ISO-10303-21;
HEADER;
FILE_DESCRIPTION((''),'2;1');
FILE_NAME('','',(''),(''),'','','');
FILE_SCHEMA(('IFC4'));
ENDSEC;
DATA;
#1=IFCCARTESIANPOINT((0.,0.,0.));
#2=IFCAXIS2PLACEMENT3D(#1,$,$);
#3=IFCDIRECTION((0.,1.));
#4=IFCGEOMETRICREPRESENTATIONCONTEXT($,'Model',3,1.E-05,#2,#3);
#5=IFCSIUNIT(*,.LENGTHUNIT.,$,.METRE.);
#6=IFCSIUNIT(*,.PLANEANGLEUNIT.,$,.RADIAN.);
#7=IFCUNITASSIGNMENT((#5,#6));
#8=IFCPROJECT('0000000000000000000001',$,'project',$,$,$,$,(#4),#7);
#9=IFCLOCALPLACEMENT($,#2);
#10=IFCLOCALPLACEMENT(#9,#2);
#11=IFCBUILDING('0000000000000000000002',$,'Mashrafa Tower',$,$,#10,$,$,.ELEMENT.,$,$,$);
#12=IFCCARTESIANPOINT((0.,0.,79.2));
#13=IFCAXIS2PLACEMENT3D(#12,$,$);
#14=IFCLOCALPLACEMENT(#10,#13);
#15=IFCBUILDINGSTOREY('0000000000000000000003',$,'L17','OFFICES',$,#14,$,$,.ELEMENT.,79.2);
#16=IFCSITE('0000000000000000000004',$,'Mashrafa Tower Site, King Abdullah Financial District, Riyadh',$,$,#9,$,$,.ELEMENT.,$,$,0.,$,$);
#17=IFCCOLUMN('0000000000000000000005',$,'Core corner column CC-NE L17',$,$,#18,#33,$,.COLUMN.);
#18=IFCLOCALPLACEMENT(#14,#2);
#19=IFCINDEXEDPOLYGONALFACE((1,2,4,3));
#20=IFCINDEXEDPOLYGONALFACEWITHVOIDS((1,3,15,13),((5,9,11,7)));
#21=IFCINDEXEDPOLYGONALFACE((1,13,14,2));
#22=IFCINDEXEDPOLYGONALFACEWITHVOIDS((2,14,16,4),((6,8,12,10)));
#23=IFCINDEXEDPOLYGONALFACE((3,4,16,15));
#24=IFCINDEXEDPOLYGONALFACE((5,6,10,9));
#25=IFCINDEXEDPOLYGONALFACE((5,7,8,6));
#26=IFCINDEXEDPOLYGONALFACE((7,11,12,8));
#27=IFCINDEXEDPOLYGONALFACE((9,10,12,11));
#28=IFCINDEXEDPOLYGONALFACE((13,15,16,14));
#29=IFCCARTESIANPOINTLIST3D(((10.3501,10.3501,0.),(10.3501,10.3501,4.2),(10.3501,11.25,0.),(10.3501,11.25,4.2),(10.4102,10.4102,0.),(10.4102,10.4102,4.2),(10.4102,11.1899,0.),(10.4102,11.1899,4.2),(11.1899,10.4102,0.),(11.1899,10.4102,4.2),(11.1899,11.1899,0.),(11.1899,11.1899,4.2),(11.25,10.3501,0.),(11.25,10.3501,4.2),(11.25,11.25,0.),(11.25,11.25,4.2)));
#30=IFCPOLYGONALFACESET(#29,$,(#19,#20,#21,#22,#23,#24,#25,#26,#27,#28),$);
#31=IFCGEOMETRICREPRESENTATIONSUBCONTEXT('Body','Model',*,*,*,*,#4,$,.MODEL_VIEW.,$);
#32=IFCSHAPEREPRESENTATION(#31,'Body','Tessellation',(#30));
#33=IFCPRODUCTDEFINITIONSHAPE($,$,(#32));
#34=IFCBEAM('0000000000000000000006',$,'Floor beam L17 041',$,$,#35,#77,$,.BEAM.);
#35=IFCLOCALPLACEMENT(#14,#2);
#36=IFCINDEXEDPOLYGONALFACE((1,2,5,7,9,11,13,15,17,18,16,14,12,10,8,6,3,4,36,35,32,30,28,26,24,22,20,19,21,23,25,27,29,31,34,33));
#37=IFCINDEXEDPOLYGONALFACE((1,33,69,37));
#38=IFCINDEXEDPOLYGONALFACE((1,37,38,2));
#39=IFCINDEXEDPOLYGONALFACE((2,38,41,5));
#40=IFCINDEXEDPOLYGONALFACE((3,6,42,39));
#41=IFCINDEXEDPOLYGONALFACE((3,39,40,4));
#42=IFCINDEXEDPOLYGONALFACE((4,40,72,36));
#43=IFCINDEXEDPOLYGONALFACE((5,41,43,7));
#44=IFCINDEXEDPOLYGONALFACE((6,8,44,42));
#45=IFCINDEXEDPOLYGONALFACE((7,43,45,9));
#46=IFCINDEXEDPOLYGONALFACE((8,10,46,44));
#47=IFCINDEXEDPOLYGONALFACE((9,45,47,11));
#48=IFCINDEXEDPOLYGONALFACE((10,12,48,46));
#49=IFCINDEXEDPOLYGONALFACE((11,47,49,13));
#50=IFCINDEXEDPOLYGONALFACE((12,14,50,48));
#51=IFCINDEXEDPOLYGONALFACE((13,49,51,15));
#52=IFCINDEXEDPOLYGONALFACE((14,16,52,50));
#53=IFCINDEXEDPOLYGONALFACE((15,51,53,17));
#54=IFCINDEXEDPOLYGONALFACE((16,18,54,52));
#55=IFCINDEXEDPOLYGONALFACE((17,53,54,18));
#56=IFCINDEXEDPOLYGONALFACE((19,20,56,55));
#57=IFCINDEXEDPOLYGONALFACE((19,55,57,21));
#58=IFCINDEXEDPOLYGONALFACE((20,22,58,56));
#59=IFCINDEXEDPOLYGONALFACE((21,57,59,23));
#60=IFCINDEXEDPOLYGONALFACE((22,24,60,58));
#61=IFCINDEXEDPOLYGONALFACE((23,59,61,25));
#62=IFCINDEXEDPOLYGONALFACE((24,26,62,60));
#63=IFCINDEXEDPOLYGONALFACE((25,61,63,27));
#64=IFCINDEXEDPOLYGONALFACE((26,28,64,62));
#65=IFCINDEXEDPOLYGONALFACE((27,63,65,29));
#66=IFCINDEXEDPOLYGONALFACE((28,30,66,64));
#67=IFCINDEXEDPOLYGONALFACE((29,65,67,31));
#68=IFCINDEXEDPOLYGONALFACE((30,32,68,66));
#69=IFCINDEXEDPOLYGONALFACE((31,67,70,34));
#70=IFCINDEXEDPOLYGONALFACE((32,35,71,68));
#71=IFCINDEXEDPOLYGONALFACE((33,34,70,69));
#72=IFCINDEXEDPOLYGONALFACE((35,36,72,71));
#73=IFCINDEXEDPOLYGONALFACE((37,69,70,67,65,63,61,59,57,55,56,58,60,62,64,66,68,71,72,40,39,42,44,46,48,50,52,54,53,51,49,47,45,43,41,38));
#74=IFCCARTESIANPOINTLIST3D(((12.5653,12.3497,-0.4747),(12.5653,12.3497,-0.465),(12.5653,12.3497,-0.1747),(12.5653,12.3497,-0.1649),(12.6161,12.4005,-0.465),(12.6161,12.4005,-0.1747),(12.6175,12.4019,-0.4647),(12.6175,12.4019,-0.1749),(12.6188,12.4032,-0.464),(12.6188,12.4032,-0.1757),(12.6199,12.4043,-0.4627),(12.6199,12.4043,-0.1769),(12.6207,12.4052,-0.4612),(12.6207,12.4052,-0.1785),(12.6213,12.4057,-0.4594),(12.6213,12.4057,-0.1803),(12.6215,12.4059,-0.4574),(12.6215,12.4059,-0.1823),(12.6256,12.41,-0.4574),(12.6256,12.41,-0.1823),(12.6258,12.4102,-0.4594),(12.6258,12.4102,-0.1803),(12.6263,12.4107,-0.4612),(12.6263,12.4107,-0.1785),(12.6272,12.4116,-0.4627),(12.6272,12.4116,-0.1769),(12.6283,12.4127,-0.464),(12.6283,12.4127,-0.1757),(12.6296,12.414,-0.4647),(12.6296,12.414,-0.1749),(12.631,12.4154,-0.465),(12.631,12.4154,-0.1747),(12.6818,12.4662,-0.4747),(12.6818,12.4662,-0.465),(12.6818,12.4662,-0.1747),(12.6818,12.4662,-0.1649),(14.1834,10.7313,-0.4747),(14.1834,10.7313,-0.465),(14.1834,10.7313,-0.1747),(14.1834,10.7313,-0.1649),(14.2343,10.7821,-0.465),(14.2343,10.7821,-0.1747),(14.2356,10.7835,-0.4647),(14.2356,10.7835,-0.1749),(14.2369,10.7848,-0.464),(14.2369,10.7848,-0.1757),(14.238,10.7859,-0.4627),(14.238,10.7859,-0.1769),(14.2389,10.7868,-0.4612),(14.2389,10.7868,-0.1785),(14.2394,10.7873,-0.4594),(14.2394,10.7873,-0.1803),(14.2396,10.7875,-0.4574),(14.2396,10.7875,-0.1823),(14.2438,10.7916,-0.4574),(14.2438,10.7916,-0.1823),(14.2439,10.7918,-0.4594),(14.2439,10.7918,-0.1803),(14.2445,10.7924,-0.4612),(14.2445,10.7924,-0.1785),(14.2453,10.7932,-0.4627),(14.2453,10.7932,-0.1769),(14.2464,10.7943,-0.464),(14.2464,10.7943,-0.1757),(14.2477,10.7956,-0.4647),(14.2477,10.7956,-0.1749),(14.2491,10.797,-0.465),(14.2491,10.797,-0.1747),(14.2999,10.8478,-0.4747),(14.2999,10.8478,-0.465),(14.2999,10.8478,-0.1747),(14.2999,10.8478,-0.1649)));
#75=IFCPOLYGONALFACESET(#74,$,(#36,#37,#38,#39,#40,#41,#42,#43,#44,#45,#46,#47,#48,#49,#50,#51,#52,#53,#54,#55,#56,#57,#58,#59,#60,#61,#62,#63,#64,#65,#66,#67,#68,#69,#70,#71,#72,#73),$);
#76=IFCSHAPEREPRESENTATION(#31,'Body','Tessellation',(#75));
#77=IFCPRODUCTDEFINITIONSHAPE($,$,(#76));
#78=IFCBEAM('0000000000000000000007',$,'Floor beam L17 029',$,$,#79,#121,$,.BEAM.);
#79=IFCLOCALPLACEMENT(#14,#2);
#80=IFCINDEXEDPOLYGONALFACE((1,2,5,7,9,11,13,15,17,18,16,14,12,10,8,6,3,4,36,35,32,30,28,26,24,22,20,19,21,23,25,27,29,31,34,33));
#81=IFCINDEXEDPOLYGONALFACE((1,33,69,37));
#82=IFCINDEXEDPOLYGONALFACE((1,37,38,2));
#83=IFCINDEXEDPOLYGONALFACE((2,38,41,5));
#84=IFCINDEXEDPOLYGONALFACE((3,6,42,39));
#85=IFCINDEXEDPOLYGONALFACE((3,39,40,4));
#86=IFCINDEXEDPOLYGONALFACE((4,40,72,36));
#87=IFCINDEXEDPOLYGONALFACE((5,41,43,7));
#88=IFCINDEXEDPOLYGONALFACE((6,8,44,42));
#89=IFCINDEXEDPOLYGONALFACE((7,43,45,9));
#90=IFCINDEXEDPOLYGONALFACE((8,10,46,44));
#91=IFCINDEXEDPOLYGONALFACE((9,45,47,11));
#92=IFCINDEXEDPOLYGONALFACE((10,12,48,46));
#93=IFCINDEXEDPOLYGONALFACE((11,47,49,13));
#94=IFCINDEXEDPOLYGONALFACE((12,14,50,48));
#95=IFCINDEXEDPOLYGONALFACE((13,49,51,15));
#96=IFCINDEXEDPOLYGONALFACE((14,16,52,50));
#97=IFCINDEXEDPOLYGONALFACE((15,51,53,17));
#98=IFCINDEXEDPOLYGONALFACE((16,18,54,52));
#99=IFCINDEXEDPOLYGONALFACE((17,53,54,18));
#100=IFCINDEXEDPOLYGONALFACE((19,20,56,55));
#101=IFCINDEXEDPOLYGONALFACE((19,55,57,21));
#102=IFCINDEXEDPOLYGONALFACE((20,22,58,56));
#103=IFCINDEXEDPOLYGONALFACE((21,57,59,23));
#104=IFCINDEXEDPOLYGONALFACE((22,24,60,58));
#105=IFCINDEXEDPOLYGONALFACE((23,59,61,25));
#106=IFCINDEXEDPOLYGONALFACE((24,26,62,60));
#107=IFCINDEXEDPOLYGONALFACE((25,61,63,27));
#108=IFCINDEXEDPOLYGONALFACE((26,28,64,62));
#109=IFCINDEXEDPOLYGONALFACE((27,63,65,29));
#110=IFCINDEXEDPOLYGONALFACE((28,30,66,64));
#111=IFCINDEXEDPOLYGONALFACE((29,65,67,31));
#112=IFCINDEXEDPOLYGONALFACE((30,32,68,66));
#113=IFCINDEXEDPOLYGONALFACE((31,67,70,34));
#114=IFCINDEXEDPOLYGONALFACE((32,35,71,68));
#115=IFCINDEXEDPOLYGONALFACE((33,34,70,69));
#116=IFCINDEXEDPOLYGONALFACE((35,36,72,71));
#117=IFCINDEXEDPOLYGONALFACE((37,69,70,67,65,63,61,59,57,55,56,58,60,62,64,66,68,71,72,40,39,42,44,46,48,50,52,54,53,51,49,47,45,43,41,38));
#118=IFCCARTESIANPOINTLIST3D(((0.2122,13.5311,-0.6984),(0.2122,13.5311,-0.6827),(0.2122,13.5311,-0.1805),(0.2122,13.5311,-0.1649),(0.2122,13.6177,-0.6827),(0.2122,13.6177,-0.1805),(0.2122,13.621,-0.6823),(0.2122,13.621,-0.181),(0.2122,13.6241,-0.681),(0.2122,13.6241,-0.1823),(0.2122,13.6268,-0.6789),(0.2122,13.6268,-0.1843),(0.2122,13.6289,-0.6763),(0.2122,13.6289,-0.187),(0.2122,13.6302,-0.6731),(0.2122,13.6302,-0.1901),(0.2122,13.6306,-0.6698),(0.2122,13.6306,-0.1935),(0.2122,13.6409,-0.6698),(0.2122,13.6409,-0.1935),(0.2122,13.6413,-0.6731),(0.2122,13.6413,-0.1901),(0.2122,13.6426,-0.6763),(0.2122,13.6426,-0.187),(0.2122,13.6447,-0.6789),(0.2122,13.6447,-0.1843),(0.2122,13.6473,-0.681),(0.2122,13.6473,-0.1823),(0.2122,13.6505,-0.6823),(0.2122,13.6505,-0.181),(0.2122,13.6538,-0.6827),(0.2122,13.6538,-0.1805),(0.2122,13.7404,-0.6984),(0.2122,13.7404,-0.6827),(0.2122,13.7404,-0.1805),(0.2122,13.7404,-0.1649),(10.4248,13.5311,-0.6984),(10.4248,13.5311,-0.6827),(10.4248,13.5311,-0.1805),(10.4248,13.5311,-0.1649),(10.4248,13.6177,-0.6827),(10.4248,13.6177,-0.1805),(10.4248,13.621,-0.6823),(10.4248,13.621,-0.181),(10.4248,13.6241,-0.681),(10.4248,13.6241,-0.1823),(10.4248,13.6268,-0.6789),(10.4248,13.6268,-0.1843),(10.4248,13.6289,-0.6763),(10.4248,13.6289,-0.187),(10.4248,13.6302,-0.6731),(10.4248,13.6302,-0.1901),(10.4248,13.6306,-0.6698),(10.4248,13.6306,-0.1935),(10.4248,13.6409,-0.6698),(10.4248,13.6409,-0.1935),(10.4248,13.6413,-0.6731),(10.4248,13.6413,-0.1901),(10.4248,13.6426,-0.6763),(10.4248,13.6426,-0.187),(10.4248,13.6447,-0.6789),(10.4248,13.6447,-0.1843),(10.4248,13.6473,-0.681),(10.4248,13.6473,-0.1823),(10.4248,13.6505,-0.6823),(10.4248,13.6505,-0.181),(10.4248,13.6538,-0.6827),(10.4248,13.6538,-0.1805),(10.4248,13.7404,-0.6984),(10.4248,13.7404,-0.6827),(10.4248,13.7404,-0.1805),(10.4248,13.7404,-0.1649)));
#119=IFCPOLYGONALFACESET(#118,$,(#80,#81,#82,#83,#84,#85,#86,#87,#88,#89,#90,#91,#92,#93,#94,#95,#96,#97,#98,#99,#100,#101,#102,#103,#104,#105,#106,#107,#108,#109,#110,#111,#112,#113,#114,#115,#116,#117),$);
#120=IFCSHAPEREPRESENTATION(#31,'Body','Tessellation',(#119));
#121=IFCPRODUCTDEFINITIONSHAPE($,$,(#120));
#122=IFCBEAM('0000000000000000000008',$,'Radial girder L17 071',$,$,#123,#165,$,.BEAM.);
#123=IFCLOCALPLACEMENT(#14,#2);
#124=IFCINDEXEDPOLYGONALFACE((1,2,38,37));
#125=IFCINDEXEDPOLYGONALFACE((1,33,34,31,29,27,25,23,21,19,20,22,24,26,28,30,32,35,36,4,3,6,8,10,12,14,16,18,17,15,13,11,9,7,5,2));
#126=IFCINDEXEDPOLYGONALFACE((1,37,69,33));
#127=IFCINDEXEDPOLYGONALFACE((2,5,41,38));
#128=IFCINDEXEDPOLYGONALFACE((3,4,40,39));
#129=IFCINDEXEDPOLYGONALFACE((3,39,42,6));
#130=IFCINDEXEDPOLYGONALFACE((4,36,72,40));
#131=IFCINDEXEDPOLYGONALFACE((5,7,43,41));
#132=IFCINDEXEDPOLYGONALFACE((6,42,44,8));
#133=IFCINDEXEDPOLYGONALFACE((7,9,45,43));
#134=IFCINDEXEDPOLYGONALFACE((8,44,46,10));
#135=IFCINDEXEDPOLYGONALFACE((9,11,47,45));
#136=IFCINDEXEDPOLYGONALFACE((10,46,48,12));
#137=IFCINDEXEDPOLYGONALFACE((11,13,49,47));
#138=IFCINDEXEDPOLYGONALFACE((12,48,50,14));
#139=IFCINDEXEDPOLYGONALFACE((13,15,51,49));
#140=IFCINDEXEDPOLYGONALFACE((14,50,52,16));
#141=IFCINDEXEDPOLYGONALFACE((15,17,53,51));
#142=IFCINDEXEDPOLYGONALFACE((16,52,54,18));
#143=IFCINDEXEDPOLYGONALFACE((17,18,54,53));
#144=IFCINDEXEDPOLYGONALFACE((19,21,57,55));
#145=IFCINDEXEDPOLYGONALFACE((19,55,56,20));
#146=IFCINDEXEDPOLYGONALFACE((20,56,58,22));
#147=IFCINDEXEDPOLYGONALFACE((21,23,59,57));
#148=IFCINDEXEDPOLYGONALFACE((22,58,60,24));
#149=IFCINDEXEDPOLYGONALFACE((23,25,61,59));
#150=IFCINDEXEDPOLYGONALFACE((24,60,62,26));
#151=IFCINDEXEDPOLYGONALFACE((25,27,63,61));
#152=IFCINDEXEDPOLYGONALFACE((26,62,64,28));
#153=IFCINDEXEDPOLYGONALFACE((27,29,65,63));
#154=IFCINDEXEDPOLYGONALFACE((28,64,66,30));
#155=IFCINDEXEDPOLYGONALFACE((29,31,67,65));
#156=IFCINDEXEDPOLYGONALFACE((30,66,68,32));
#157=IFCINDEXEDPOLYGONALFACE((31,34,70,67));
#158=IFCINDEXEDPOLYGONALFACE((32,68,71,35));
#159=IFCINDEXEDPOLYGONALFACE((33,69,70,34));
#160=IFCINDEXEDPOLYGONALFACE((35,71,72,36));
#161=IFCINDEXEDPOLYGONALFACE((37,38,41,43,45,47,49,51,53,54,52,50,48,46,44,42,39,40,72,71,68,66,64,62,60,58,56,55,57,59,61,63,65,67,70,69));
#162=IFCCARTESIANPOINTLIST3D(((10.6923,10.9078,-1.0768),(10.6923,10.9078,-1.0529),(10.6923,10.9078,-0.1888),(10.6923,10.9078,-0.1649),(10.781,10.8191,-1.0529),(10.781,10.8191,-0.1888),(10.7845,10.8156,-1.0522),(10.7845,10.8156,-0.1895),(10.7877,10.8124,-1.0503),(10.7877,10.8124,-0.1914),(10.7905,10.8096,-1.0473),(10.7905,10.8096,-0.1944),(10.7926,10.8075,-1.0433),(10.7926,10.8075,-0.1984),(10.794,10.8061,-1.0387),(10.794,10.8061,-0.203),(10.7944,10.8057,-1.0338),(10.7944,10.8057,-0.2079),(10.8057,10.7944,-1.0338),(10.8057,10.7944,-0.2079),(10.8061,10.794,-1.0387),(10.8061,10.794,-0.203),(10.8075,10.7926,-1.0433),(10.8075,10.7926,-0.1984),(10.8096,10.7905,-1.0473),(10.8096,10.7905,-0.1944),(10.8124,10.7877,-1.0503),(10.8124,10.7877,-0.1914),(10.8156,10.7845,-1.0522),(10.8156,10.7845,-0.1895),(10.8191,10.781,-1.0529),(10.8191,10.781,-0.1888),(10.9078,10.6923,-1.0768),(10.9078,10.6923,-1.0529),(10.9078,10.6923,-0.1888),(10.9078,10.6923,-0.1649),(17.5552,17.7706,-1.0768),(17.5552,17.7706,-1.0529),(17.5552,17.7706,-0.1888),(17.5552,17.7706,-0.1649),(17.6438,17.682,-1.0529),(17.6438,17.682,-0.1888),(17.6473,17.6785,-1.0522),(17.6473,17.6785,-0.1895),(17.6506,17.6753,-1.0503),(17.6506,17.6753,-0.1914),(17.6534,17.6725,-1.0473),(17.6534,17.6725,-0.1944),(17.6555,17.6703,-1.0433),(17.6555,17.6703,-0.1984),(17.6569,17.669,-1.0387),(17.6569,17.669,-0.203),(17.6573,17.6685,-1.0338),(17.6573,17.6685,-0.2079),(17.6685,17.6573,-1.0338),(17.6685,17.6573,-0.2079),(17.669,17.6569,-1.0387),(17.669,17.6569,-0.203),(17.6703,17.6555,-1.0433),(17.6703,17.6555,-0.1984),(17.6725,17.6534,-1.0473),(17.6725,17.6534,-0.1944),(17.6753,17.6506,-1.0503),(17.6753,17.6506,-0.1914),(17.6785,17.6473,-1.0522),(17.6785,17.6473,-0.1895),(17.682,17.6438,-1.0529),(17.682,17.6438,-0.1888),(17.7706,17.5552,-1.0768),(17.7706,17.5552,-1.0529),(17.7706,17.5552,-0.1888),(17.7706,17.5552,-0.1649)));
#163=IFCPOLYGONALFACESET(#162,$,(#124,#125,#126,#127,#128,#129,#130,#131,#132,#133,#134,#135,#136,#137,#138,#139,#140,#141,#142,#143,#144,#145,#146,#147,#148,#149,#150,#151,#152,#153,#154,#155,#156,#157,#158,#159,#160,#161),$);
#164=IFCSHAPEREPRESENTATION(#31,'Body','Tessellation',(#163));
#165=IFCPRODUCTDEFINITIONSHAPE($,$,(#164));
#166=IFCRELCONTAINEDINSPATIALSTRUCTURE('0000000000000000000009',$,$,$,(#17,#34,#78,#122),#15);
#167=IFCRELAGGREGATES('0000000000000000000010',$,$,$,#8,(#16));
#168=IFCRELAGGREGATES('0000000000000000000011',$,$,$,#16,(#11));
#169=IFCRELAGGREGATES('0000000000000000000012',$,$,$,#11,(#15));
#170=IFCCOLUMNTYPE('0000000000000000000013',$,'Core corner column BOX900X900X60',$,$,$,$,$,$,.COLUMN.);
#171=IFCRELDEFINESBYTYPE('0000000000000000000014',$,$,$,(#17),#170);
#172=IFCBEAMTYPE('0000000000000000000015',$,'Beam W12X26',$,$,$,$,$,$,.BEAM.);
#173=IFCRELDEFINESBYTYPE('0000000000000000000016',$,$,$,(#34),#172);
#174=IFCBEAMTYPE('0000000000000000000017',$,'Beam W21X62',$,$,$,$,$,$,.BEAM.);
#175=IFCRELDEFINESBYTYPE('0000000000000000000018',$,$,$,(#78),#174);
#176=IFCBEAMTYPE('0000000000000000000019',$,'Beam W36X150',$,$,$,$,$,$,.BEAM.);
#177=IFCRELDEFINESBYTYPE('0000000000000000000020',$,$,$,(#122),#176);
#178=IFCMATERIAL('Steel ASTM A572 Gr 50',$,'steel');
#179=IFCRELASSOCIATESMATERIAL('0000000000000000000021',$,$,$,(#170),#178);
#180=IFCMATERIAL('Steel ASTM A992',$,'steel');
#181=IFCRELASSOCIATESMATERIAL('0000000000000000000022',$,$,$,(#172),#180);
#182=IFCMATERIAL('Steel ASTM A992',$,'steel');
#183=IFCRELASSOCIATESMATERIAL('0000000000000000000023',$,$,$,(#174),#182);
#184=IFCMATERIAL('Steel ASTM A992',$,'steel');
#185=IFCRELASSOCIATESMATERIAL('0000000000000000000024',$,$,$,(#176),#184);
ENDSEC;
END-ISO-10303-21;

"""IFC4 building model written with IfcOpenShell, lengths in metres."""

from ifc_helpers import new_model, si_unit, direction, frame, origin, origin_2d, place, context, subcontext, project, spatial, hollow_rectangle, i_section, extrude, material, material_profile, profile_set, type_object, element, save


model = new_model("IFC4")

# Units and contexts
model_context = context("Model", 3, precision=1e-05, world=origin(), true_north=direction((0.0, 1.0)))
body_context = subcontext(model_context, "Body", "Model", "MODEL_VIEW")
ifc_project = project(units=[si_unit("LENGTHUNIT", "METRE"), si_unit("PLANEANGLEUNIT", "RADIAN")], contexts=[model_context])

# Site, building, storey
site_placement = place(None, origin())
site = spatial("IfcSite", under=ifc_project, at=site_placement, Name="Mashrafa Tower Site, King Abdullah Financial District, Riyadh", CompositionType="ELEMENT", RefElevation=0.0)
building_placement = place(site_placement, origin())
building = spatial("IfcBuilding", under=site, at=building_placement, Name="Mashrafa Tower", CompositionType="ELEMENT")
storey_placement = place(building_placement, frame((0.0, 0.0, 79.2)))
storey = spatial("IfcBuildingStorey", under=building, at=storey_placement, Name="L17", Description="OFFICES", CompositionType="ELEMENT", Elevation=79.2)

# Column
ifc_material_1 = material(Name="Steel ASTM A572 Gr 50", Category="steel")
ifc_material_profile_1 = material_profile(ifc_material_1, hollow_rectangle(XDim=0.8999, YDim=0.8999, WallThickness=0.0601, at=origin_2d()), Name="BOX900X900X60")
ifc_profile_set_1 = profile_set([ifc_material_profile_1], Name="Steel ASTM A572 Gr 50")
column_type = type_object("IfcColumnType", Name="Core corner column BOX900X900X60", PredefinedType="COLUMN", material=ifc_profile_set_1)
column_placement = place(storey_placement, frame((10.8, 10.8, 0.0), z_axis=(0.0, 0.0, 1.0), x_axis=(1.0, 0.0, 0.0)))
element("IfcColumn", 1, at=column_placement, inside=storey, type_object=column_type, Name="Core corner column CC-NE L17", PredefinedType="COLUMN", context=body_context, shape_type="SweptSolid", body=[
    extrude(hollow_rectangle(XDim=0.8999, YDim=0.8999, WallThickness=0.0601, at=origin_2d()), origin(), (0.0, 0.0, 1.0), 4.2),
])

# Beams
ifc_material_2 = material(Name="Steel ASTM A992", Category="steel")
ifc_material_profile_2 = material_profile(ifc_material_2, i_section(OverallWidth=0.1648, OverallDepth=0.3098, WebThickness=0.0059, FlangeThickness=0.0098, FilletRadius=0.0076, at=origin_2d()), Name="W12X26")
ifc_profile_set_2 = profile_set([ifc_material_profile_2], Name="Steel ASTM A992")
beam_type_1 = type_object("IfcBeamType", Name="Beam W12X26", PredefinedType="BEAM", material=ifc_profile_set_2)
beam_1_placement = place(storey_placement, frame((12.6235, 12.408, -0.3198), z_axis=(0.707053, -0.70716, 0.0), x_axis=(0.70716, 0.707053, 0.0)))
element("IfcBeam", 2, at=beam_1_placement, inside=storey, type_object=beam_type_1, Name="Floor beam L17 041", PredefinedType="BEAM", context=body_context, shape_type="SweptSolid", body=[
    extrude(i_section(OverallWidth=0.1648, OverallDepth=0.3098, WebThickness=0.0059, FlangeThickness=0.0098, FilletRadius=0.0076, at=origin_2d()), origin(), (0.0, 0.0, 1.0), 2.2886),
])
ifc_material_3 = material(Name="Steel ASTM A992", Category="steel")
ifc_material_profile_3 = material_profile(ifc_material_3, i_section(OverallWidth=0.2092, OverallDepth=0.5334, WebThickness=0.0103, FlangeThickness=0.0156, FilletRadius=0.0129, at=origin_2d()), Name="W21X62")
ifc_profile_set_3 = profile_set([ifc_material_profile_3], Name="Steel ASTM A992")
beam_type_2 = type_object("IfcBeamType", Name="Beam W21X62", PredefinedType="BEAM", material=ifc_profile_set_3)
beam_2_placement = place(storey_placement, frame((0.2122, 13.6357, -0.4316), z_axis=(1.0, 0.0, 0.0), x_axis=(0.0, 1.0, 0.0)))
element("IfcBeam", 3, at=beam_2_placement, inside=storey, type_object=beam_type_2, Name="Floor beam L17 029", PredefinedType="BEAM", context=body_context, shape_type="SweptSolid", body=[
    extrude(i_section(OverallWidth=0.2092, OverallDepth=0.5334, WebThickness=0.0103, FlangeThickness=0.0156, FilletRadius=0.0129, at=origin_2d()), origin(), (0.0, 0.0, 1.0), 10.2126),
])
ifc_material_4 = material(Name="Steel ASTM A992", Category="steel")
ifc_material_profile_4 = material_profile(ifc_material_4, i_section(OverallWidth=0.3047, OverallDepth=0.9119, WebThickness=0.0159, FlangeThickness=0.0239, FilletRadius=0.019, at=origin_2d()), Name="W36X150")
ifc_profile_set_4 = profile_set([ifc_material_profile_4], Name="Steel ASTM A992")
beam_type_3 = type_object("IfcBeamType", Name="Beam W36X150", PredefinedType="BEAM", material=ifc_profile_set_4)
beam_3_placement = place(storey_placement, frame((10.8, 10.8, -0.6208), z_axis=(0.707107, 0.707107, 0.0), x_axis=(-0.707107, 0.707107, 0.0)))
element("IfcBeam", 4, at=beam_3_placement, inside=storey, type_object=beam_type_3, Name="Radial girder L17 071", PredefinedType="BEAM", context=body_context, shape_type="SweptSolid", body=[
    extrude(i_section(OverallWidth=0.3047, OverallDepth=0.9119, WebThickness=0.0159, FlangeThickness=0.0239, FilletRadius=0.019, at=origin_2d()), origin(), (0.0, 0.0, 1.0), 9.7056),
])

save(model, "model.ifc")
